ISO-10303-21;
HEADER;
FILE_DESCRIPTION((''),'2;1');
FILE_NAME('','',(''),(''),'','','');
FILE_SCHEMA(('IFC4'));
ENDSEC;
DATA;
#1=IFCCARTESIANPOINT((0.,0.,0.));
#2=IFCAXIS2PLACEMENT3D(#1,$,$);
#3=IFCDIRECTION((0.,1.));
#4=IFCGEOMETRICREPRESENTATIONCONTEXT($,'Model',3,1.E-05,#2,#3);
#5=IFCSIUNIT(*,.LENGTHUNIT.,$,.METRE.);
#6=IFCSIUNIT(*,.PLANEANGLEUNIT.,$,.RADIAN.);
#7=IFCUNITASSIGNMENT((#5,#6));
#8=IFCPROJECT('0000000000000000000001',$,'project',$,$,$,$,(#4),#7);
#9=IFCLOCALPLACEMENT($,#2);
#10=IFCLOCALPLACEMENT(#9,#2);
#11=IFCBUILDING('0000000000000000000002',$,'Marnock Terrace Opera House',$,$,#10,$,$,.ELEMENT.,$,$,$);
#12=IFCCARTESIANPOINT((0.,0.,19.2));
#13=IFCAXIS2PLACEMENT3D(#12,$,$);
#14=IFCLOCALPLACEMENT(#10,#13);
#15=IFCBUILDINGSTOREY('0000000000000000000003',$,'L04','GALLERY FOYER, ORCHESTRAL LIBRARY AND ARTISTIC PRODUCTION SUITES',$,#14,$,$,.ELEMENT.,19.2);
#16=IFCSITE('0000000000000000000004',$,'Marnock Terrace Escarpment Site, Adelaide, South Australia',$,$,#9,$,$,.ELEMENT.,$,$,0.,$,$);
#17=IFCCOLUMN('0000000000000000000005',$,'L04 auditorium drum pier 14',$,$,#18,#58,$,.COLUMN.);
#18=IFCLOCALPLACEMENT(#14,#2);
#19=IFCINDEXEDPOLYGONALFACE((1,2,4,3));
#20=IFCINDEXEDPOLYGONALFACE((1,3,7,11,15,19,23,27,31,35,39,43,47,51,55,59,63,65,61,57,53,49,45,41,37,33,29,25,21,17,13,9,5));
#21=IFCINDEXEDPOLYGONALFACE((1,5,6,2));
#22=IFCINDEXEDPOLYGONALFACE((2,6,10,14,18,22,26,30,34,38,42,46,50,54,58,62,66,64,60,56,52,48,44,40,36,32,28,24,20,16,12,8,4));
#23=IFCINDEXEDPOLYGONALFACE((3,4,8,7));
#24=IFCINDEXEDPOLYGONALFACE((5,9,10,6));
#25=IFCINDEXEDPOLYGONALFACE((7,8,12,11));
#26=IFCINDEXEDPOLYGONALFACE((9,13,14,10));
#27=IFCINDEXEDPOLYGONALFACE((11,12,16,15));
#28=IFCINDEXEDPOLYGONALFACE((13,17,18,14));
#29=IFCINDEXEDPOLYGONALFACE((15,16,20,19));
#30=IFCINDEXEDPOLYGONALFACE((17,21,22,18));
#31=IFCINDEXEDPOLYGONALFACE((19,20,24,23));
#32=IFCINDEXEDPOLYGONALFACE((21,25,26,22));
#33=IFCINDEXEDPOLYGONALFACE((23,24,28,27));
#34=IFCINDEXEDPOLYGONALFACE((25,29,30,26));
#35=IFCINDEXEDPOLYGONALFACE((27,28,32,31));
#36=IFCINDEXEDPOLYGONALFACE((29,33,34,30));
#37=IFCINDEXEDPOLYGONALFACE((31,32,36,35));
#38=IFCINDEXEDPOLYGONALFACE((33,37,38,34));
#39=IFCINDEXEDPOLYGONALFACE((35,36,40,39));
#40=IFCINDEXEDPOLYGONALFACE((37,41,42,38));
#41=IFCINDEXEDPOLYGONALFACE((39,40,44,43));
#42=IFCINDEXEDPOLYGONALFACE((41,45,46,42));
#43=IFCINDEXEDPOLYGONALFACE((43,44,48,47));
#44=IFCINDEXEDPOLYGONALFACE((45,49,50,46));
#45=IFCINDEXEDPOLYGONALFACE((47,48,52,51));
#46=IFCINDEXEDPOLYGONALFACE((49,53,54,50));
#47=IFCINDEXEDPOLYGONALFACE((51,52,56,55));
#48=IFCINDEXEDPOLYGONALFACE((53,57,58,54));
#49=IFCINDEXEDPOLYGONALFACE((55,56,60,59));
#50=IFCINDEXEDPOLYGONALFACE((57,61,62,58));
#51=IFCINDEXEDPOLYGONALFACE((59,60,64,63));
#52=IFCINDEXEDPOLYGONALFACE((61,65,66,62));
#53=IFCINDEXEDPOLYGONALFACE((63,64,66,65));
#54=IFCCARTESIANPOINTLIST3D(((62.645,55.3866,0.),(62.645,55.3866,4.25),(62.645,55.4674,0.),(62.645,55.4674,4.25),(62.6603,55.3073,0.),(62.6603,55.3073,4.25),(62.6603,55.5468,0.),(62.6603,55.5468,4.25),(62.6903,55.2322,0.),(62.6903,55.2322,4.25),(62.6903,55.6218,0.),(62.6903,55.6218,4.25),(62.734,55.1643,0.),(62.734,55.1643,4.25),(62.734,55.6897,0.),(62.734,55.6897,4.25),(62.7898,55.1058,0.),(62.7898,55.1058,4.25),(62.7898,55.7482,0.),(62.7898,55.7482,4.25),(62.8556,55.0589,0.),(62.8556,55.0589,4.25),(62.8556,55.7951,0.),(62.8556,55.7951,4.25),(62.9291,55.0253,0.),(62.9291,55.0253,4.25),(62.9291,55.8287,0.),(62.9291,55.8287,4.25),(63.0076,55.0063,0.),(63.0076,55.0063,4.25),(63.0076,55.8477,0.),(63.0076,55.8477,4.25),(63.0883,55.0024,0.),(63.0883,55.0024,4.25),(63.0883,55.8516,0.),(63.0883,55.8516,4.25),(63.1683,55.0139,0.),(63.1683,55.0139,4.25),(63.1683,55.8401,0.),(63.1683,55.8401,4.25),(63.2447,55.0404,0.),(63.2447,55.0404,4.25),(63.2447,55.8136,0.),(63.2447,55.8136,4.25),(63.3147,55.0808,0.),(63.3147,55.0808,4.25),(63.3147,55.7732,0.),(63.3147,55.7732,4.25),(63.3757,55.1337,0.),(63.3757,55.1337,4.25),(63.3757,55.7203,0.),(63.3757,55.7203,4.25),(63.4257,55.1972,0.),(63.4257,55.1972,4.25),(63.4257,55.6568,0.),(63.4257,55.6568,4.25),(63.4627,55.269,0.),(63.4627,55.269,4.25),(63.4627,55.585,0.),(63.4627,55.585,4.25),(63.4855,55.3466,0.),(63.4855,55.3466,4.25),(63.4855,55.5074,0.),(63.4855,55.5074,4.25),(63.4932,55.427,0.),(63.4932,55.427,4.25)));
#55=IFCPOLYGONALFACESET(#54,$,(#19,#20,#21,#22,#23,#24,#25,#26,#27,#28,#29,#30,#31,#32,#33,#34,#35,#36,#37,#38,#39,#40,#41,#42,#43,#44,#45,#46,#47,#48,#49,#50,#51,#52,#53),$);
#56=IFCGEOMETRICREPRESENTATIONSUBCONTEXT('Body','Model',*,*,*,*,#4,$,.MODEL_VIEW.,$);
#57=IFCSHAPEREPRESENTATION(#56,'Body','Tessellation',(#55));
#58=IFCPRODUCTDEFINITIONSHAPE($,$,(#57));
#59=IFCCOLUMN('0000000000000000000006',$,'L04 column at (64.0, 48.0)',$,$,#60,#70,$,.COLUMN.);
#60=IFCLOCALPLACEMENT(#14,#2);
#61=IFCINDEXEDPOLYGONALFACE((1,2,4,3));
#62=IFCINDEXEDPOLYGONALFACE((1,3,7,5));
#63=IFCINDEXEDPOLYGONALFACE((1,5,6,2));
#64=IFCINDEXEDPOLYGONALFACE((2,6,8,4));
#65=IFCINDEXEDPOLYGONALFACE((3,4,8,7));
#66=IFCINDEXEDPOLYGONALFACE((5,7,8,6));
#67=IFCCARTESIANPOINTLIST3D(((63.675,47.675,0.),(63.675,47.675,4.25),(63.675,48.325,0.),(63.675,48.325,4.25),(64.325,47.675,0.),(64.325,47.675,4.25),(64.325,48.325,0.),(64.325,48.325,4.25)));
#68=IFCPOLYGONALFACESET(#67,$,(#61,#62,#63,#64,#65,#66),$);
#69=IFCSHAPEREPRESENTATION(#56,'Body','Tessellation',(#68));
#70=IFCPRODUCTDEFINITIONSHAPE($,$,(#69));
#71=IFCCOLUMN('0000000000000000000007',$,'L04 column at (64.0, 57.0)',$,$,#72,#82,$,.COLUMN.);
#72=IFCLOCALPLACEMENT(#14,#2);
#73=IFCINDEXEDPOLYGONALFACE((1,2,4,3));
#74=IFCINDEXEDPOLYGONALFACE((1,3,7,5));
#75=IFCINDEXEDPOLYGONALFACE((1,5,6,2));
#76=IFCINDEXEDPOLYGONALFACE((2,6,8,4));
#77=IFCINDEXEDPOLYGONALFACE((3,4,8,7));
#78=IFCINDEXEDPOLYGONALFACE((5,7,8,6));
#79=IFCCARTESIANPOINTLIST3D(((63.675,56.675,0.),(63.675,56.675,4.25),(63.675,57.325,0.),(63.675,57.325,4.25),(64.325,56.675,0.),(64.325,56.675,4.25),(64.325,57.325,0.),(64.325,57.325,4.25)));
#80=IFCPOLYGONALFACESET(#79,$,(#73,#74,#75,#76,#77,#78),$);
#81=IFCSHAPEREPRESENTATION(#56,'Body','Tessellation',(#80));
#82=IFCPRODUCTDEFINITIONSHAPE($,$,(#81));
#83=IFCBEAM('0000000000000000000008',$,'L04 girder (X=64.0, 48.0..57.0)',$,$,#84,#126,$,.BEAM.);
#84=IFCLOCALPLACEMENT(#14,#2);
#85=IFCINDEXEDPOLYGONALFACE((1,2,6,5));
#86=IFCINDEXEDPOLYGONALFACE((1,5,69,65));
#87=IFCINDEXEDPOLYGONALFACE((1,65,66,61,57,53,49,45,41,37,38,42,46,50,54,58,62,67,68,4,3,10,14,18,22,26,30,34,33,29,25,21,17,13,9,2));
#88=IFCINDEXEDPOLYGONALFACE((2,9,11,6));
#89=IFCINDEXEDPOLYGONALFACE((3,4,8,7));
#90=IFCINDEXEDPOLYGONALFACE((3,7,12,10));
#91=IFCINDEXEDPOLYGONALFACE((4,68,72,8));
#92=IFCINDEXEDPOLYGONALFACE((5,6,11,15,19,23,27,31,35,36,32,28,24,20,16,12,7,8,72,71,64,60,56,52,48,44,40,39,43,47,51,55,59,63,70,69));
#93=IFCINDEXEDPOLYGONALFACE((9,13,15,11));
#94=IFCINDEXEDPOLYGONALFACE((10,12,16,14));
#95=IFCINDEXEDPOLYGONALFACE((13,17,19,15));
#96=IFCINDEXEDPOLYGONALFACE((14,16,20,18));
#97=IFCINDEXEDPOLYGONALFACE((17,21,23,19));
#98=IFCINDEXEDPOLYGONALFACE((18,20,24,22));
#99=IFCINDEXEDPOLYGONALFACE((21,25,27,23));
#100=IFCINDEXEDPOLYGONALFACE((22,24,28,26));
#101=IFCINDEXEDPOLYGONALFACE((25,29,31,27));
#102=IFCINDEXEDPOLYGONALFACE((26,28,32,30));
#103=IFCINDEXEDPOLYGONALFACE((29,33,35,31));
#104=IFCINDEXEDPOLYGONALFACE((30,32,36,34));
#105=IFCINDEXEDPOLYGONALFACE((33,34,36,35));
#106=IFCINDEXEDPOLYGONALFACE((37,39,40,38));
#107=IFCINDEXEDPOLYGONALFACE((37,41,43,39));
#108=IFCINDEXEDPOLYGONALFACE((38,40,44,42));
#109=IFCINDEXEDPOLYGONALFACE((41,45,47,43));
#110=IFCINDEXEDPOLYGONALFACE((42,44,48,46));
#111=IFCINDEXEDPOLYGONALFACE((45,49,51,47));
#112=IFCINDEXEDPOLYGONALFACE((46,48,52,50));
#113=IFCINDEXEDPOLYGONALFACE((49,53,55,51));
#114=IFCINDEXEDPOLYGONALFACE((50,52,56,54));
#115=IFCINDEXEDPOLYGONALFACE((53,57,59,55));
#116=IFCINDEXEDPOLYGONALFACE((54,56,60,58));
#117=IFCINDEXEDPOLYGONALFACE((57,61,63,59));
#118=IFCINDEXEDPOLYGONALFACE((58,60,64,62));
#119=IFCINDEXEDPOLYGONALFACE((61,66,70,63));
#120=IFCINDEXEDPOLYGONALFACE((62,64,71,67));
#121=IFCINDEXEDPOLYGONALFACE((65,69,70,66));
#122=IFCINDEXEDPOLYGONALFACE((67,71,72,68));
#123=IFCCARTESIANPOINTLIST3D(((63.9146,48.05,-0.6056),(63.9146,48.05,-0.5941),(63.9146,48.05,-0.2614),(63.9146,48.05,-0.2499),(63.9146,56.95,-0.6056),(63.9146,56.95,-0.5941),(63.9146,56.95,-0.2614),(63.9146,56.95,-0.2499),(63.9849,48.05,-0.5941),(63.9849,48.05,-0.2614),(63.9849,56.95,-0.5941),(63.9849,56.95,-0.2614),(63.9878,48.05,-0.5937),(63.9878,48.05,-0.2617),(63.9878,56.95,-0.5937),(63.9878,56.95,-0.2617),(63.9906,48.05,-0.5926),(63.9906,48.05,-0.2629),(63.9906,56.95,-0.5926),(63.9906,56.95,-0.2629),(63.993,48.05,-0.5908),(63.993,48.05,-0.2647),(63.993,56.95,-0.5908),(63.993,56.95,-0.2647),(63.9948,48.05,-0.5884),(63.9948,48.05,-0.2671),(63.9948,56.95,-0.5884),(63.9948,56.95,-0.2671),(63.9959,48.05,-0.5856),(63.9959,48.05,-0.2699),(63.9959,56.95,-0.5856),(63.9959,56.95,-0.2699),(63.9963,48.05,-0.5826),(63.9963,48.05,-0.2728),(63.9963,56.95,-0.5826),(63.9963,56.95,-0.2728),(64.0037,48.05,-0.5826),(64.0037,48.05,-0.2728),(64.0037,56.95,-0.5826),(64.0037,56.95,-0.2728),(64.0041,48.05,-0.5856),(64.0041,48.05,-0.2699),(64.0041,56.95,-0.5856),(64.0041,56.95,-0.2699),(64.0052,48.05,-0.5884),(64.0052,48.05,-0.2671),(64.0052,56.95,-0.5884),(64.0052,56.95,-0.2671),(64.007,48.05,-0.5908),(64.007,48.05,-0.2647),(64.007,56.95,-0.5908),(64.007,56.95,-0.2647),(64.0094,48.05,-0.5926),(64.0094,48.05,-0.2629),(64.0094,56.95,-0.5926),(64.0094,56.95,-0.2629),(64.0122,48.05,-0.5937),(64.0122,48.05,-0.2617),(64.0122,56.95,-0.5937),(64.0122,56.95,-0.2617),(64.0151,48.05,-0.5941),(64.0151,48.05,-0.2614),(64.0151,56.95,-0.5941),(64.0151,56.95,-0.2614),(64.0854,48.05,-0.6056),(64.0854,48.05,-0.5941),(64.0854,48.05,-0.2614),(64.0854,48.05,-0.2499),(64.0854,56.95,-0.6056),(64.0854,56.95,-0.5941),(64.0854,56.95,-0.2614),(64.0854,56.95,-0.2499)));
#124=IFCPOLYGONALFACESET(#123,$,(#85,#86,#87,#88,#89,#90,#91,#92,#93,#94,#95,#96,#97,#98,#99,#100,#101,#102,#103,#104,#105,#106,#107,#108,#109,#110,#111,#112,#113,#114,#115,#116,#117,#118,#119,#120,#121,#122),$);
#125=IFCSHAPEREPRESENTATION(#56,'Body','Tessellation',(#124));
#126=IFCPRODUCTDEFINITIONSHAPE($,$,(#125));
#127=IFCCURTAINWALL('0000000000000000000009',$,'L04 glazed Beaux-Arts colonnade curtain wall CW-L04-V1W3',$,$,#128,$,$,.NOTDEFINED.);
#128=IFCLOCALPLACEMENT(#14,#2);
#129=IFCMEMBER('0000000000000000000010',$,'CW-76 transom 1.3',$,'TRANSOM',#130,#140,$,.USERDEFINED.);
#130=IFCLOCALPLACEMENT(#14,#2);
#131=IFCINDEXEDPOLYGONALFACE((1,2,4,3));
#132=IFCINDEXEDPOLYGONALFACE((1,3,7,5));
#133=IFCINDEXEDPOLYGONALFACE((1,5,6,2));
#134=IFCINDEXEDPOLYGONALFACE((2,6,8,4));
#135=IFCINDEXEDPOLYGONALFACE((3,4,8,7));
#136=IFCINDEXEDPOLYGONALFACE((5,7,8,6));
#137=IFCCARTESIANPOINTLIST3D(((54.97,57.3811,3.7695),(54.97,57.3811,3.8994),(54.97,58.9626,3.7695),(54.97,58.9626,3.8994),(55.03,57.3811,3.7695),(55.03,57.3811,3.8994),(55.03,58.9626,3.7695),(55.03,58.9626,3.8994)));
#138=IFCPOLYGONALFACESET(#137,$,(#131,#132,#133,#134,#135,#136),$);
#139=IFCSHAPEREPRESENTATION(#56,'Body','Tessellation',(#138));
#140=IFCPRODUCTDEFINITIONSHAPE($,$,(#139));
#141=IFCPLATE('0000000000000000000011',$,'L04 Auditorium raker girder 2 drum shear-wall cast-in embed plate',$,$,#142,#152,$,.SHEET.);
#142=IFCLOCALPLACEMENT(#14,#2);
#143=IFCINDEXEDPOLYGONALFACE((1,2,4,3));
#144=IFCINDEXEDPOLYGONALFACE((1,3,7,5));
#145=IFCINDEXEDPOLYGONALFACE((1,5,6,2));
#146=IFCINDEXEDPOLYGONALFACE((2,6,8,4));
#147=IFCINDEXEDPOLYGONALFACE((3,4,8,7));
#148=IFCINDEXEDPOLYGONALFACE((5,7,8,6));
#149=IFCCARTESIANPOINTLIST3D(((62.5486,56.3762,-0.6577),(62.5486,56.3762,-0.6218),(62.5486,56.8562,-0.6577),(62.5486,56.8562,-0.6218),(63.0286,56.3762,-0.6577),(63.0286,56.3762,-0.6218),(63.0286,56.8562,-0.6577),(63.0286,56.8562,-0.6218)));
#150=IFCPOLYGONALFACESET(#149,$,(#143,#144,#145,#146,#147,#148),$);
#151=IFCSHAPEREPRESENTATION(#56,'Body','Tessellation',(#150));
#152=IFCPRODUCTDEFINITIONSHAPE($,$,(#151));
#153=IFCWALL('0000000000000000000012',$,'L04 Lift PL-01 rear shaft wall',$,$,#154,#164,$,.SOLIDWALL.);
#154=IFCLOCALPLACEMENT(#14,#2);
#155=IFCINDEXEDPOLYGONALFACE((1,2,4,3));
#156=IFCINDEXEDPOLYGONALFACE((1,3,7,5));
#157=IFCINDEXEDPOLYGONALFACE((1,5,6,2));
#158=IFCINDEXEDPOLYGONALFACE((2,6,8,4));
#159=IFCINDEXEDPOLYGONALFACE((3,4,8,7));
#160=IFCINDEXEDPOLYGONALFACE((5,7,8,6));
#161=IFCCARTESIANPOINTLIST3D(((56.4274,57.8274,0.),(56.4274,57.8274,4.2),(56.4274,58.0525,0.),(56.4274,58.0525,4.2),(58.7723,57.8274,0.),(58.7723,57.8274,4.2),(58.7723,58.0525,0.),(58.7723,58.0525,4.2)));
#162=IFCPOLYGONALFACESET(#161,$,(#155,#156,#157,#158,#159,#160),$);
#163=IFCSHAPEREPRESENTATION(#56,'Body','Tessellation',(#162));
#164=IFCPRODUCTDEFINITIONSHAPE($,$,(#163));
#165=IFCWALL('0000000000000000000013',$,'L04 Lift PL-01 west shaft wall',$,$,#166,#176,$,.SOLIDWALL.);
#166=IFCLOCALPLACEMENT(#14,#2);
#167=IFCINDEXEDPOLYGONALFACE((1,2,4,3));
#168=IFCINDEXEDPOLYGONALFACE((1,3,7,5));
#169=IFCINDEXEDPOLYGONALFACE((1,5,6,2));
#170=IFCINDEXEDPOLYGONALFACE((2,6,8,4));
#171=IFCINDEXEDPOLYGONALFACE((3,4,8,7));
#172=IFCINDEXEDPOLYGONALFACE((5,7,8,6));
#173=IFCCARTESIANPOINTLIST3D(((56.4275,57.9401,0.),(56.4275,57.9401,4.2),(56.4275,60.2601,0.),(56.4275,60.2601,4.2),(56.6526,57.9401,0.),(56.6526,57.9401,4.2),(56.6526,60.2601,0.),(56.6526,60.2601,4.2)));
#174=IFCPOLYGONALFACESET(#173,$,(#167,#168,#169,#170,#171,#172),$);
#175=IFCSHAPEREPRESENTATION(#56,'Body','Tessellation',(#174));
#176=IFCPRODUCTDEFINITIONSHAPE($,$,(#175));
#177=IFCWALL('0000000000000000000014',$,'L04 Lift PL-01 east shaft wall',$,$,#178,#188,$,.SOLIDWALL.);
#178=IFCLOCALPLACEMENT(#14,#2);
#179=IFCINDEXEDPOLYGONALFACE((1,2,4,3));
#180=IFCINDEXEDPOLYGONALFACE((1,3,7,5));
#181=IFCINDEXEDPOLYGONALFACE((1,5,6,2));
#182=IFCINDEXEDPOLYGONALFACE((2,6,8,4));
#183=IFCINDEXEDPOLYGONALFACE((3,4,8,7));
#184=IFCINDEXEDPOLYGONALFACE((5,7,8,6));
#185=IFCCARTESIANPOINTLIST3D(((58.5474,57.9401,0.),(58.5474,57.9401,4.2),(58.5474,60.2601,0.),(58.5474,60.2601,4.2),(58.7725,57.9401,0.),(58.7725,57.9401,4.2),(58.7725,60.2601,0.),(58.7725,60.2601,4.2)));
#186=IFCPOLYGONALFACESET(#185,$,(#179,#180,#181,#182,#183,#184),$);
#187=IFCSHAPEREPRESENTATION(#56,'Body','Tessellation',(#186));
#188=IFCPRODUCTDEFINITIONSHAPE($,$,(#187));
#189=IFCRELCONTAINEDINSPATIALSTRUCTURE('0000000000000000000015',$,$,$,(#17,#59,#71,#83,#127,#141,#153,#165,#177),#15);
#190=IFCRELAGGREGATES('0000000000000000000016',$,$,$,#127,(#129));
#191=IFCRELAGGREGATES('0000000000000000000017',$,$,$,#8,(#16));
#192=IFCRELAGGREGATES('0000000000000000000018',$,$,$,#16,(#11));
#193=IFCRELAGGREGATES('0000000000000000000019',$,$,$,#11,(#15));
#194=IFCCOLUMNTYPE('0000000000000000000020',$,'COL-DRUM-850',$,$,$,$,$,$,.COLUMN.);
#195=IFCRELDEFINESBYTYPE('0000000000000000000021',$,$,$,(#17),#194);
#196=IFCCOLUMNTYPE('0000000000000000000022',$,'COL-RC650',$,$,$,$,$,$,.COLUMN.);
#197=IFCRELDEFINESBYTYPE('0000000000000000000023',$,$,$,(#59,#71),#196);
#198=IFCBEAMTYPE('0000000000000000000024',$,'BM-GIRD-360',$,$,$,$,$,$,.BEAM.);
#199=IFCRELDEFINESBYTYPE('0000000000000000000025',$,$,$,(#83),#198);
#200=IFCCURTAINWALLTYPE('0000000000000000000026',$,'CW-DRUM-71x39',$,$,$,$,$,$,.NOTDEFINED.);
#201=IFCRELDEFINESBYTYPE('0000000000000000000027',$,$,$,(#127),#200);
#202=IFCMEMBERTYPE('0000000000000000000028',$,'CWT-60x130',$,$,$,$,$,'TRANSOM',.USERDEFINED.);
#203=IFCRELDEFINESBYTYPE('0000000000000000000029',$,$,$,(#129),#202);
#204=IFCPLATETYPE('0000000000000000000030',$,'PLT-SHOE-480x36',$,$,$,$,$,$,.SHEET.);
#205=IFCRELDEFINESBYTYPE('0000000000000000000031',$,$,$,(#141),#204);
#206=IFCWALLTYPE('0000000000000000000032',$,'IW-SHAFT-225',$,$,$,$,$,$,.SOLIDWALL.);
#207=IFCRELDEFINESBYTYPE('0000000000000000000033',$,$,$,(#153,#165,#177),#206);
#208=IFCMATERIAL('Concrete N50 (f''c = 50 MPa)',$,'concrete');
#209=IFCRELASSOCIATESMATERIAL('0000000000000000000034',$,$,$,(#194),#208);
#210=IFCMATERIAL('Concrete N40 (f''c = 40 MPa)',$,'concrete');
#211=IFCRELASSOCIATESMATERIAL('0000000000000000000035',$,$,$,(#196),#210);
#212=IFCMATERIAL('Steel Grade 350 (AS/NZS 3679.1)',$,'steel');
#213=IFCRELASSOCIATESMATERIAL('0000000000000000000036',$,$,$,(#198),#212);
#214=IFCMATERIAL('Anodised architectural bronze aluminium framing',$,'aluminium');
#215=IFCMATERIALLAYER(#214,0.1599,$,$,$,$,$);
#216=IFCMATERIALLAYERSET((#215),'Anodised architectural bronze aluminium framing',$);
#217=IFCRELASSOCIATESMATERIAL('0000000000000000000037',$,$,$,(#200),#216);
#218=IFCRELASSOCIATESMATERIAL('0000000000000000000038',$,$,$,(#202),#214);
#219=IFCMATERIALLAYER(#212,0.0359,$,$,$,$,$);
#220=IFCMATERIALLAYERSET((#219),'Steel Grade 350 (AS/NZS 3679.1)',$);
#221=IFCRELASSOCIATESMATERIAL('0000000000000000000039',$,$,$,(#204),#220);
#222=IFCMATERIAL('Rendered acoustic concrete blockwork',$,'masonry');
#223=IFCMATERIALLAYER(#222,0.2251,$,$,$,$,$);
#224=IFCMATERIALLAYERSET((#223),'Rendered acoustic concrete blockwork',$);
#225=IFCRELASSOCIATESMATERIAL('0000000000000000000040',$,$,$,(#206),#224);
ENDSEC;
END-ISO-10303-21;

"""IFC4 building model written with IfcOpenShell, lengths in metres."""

from ifc_helpers import new_model, si_unit, direction, frame, frame_2d, origin, origin_2d, place, context, subcontext, project, spatial, rectangle, circle, i_section, extrude, material, layer, layer_set, material_profile, profile_set, type_object, element, aggregate, save


model = new_model("IFC4")

# Units and contexts
model_context = context("Model", 3, precision=1e-05, world=origin(), true_north=direction((0.0, 1.0)))
body_context = subcontext(model_context, "Body", "Model", "MODEL_VIEW")
ifc_project = project(units=[si_unit("LENGTHUNIT", "METRE"), si_unit("PLANEANGLEUNIT", "RADIAN")], contexts=[model_context])

# Site, building, storey
site_placement = place(None, origin())
site = spatial("IfcSite", under=ifc_project, at=site_placement, Name="Marnock Terrace Escarpment Site, Adelaide, South Australia", CompositionType="ELEMENT", RefElevation=0.0)
building_placement = place(site_placement, origin())
building = spatial("IfcBuilding", under=site, at=building_placement, Name="Marnock Terrace Opera House", CompositionType="ELEMENT")
storey_placement = place(building_placement, frame((0.0, 0.0, 19.2)))
storey = spatial("IfcBuildingStorey", under=building, at=storey_placement, Name="L04", Description="GALLERY FOYER, ORCHESTRAL LIBRARY AND ARTISTIC PRODUCTION SUITES", CompositionType="ELEMENT", Elevation=19.2)

# Columns
ifc_material_1 = material(Name="Concrete N50 (f'c = 50 MPa)", Category="concrete")
ifc_material_profile_1 = material_profile(ifc_material_1, circle(Radius=0.425, at=origin_2d()))
ifc_profile_set_1 = profile_set([ifc_material_profile_1], Name="Concrete N50 (f'c = 50 MPa)")
column_type_1 = type_object("IfcColumnType", Name="COL-DRUM-850", PredefinedType="COLUMN", material=ifc_profile_set_1)
column_placement = place(storey_placement, frame((63.0681, 55.427, 0.0), z_axis=(0.0, 0.0, 1.0), x_axis=(1.0, 0.0, 0.0)))
element("IfcColumn", 1, at=column_placement, inside=storey, type_object=column_type_1, Name="L04 auditorium drum pier 14", PredefinedType="COLUMN", context=body_context, shape_type="SweptSolid", body=[
    extrude(circle(Radius=0.425, at=origin_2d()), origin(), (0.0, 0.0, 1.0), 4.25),
])
ifc_material_2 = material(Name="Concrete N40 (f'c = 40 MPa)", Category="concrete")
ifc_material_profile_2 = material_profile(ifc_material_2, rectangle(XDim=0.6499, YDim=0.6499, at=origin_2d()))
ifc_profile_set_2 = profile_set([ifc_material_profile_2], Name="Concrete N40 (f'c = 40 MPa)")
column_type_2 = type_object("IfcColumnType", Name="COL-RC650", PredefinedType="COLUMN", material=ifc_profile_set_2)
for number, where, z_axis, x_axis, name in (
    (2, (64.0, 48.0, 0.0), (0.0, 0.0, 1.0), (1.0, 0.0, 0.0), "L04 column at (64.0, 48.0)"),
    (3, (64.0, 57.0, 0.0), (0.0, 0.0, 1.0), (1.0, 0.0, 0.0), "L04 column at (64.0, 57.0)"),
):
    element("IfcColumn", number, at=place(storey_placement, frame(where, z_axis=z_axis, x_axis=x_axis)), inside=storey, type_object=column_type_2, Name=name, PredefinedType="COLUMN", context=body_context, shape_type="SweptSolid", body=[
        extrude(rectangle(XDim=0.6499, YDim=0.6499, at=origin_2d()), origin(), (0.0, 0.0, 1.0), 4.25),
    ])

# Beam
ifc_material_3 = material(Name="Steel Grade 350 (AS/NZS 3679.1)", Category="steel")
ifc_material_profile_3 = material_profile(ifc_material_3, i_section(OverallWidth=0.1709, OverallDepth=0.3557, WebThickness=0.0073, FlangeThickness=0.0115, FilletRadius=0.0115, at=origin_2d()))
ifc_profile_set_3 = profile_set([ifc_material_profile_3], Name="Steel Grade 350 (AS/NZS 3679.1)")
beam_type = type_object("IfcBeamType", Name="BM-GIRD-360", PredefinedType="BEAM", material=ifc_profile_set_3)
beam_placement = place(storey_placement, frame((64.0, 48.05, -0.4277), z_axis=(0.0, 1.0, 0.0), x_axis=(-1.0, 0.0, 0.0)))
element("IfcBeam", 4, at=beam_placement, inside=storey, type_object=beam_type, Name="L04 girder (X=64.0, 48.0..57.0)", PredefinedType="BEAM", context=body_context, shape_type="SweptSolid", body=[
    extrude(i_section(OverallWidth=0.1709, OverallDepth=0.3557, WebThickness=0.0073, FlangeThickness=0.0115, FilletRadius=0.0115, at=origin_2d()), origin(), (0.0, 0.0, 1.0), 8.8999),
])

# Curtain wall, member
ifc_material_4 = material(Name="Anodised architectural bronze aluminium framing", Category="aluminium")
ifc_layer_1 = layer(ifc_material_4, 0.1599)
ifc_layer_set_1 = layer_set([ifc_layer_1], Name="Anodised architectural bronze aluminium framing")
curtain_wall_type = type_object("IfcCurtainWallType", Name="CW-DRUM-71x39", PredefinedType="NOTDEFINED", material=ifc_layer_set_1)
curtain_wall_placement = place(storey_placement, origin())
curtain_wall = element("IfcCurtainWall", 5, at=curtain_wall_placement, inside=storey, type_object=curtain_wall_type, Name="L04 glazed Beaux-Arts colonnade curtain wall CW-L04-V1W3", PredefinedType="NOTDEFINED")
ifc_material_profile_4 = material_profile(ifc_material_4, rectangle(XDim=0.0601, YDim=0.1299, at=origin_2d()))
ifc_profile_set_4 = profile_set([ifc_material_profile_4], Name="Anodised architectural bronze aluminium framing")
member_type = type_object("IfcMemberType", Name="CWT-60x130", ElementType="TRANSOM", PredefinedType="USERDEFINED", material=ifc_profile_set_4)
member_placement = place(storey_placement, frame((55.0, 57.3811, 3.8345), z_axis=(0.0, 1.0, 0.0), x_axis=(-1.0, 0.0, 0.0)))
member = element("IfcMember", 6, at=member_placement, type_object=member_type, Name="CW-76 transom 1.3", ObjectType="TRANSOM", PredefinedType="USERDEFINED", context=body_context, shape_type="SweptSolid", body=[
    extrude(rectangle(XDim=0.0601, YDim=0.1299, at=origin_2d()), origin(), (0.0, 0.0, 1.0), 1.5815),
])
aggregate(curtain_wall, [member])

# Plate
ifc_layer_2 = layer(ifc_material_3, 0.0359)
ifc_layer_set_2 = layer_set([ifc_layer_2], Name="Steel Grade 350 (AS/NZS 3679.1)")
plate_type = type_object("IfcPlateType", Name="PLT-SHOE-480x36", PredefinedType="SHEET", material=ifc_layer_set_2)
plate_placement = place(storey_placement, frame((62.7886, 56.6162, -0.6577), z_axis=(0.0, 0.0, 1.0), x_axis=(1.0, 0.0, 0.0)))
element("IfcPlate", 7, at=plate_placement, inside=storey, type_object=plate_type, Name="L04 Auditorium raker girder 2 drum shear-wall cast-in embed plate", PredefinedType="SHEET", context=body_context, shape_type="SweptSolid", body=[
    extrude(rectangle(XDim=0.48, YDim=0.48, at=origin_2d()), origin(), (0.0, 0.0, 1.0), 0.0359),
])

# Walls
ifc_material_5 = material(Name="Rendered acoustic concrete blockwork", Category="masonry")
ifc_layer_3 = layer(ifc_material_5, 0.2251)
ifc_layer_set_3 = layer_set([ifc_layer_3], Name="Rendered acoustic concrete blockwork")
wall_type_1 = type_object("IfcWallType", Name="IW-SHAFT-225", PredefinedType="SOLIDWALL", material=ifc_layer_set_3)
wall_1_placement = place(storey_placement, frame((56.4275, 57.9399, 0.0), z_axis=(0.0, 0.0, 1.0), x_axis=(1.0, 0.0, 0.0)))
element("IfcWall", 8, at=wall_1_placement, inside=storey, type_object=wall_type_1, Name="L04 Lift PL-01 rear shaft wall", PredefinedType="SOLIDWALL", context=body_context, shape_type="SweptSolid", body=[
    extrude(rectangle(XDim=2.345, YDim=0.2251, at=frame_2d((1.1724, 0.0))), origin(), (0.0, 0.0, 1.0), 4.2),
])
for number, where, z_axis, x_axis, name in (
    (9, (56.54, 57.9399, 0.0), (0.0, 0.0, 1.0), (0.0, 1.0, 0.0), "L04 Lift PL-01 west shaft wall"),
    (10, (58.6599, 57.9399, 0.0), (0.0, 0.0, 1.0), (0.0, 1.0, 0.0), "L04 Lift PL-01 east shaft wall"),
):
    element("IfcWall", number, at=place(storey_placement, frame(where, z_axis=z_axis, x_axis=x_axis)), inside=storey, type_object=wall_type_1, Name=name, PredefinedType="SOLIDWALL", context=body_context, shape_type="SweptSolid", body=[
        extrude(rectangle(XDim=2.3201, YDim=0.2251, at=frame_2d((1.1602, 0.0))), origin(), (0.0, 0.0, 1.0), 4.2),
    ])

save(model, "model.ifc")
